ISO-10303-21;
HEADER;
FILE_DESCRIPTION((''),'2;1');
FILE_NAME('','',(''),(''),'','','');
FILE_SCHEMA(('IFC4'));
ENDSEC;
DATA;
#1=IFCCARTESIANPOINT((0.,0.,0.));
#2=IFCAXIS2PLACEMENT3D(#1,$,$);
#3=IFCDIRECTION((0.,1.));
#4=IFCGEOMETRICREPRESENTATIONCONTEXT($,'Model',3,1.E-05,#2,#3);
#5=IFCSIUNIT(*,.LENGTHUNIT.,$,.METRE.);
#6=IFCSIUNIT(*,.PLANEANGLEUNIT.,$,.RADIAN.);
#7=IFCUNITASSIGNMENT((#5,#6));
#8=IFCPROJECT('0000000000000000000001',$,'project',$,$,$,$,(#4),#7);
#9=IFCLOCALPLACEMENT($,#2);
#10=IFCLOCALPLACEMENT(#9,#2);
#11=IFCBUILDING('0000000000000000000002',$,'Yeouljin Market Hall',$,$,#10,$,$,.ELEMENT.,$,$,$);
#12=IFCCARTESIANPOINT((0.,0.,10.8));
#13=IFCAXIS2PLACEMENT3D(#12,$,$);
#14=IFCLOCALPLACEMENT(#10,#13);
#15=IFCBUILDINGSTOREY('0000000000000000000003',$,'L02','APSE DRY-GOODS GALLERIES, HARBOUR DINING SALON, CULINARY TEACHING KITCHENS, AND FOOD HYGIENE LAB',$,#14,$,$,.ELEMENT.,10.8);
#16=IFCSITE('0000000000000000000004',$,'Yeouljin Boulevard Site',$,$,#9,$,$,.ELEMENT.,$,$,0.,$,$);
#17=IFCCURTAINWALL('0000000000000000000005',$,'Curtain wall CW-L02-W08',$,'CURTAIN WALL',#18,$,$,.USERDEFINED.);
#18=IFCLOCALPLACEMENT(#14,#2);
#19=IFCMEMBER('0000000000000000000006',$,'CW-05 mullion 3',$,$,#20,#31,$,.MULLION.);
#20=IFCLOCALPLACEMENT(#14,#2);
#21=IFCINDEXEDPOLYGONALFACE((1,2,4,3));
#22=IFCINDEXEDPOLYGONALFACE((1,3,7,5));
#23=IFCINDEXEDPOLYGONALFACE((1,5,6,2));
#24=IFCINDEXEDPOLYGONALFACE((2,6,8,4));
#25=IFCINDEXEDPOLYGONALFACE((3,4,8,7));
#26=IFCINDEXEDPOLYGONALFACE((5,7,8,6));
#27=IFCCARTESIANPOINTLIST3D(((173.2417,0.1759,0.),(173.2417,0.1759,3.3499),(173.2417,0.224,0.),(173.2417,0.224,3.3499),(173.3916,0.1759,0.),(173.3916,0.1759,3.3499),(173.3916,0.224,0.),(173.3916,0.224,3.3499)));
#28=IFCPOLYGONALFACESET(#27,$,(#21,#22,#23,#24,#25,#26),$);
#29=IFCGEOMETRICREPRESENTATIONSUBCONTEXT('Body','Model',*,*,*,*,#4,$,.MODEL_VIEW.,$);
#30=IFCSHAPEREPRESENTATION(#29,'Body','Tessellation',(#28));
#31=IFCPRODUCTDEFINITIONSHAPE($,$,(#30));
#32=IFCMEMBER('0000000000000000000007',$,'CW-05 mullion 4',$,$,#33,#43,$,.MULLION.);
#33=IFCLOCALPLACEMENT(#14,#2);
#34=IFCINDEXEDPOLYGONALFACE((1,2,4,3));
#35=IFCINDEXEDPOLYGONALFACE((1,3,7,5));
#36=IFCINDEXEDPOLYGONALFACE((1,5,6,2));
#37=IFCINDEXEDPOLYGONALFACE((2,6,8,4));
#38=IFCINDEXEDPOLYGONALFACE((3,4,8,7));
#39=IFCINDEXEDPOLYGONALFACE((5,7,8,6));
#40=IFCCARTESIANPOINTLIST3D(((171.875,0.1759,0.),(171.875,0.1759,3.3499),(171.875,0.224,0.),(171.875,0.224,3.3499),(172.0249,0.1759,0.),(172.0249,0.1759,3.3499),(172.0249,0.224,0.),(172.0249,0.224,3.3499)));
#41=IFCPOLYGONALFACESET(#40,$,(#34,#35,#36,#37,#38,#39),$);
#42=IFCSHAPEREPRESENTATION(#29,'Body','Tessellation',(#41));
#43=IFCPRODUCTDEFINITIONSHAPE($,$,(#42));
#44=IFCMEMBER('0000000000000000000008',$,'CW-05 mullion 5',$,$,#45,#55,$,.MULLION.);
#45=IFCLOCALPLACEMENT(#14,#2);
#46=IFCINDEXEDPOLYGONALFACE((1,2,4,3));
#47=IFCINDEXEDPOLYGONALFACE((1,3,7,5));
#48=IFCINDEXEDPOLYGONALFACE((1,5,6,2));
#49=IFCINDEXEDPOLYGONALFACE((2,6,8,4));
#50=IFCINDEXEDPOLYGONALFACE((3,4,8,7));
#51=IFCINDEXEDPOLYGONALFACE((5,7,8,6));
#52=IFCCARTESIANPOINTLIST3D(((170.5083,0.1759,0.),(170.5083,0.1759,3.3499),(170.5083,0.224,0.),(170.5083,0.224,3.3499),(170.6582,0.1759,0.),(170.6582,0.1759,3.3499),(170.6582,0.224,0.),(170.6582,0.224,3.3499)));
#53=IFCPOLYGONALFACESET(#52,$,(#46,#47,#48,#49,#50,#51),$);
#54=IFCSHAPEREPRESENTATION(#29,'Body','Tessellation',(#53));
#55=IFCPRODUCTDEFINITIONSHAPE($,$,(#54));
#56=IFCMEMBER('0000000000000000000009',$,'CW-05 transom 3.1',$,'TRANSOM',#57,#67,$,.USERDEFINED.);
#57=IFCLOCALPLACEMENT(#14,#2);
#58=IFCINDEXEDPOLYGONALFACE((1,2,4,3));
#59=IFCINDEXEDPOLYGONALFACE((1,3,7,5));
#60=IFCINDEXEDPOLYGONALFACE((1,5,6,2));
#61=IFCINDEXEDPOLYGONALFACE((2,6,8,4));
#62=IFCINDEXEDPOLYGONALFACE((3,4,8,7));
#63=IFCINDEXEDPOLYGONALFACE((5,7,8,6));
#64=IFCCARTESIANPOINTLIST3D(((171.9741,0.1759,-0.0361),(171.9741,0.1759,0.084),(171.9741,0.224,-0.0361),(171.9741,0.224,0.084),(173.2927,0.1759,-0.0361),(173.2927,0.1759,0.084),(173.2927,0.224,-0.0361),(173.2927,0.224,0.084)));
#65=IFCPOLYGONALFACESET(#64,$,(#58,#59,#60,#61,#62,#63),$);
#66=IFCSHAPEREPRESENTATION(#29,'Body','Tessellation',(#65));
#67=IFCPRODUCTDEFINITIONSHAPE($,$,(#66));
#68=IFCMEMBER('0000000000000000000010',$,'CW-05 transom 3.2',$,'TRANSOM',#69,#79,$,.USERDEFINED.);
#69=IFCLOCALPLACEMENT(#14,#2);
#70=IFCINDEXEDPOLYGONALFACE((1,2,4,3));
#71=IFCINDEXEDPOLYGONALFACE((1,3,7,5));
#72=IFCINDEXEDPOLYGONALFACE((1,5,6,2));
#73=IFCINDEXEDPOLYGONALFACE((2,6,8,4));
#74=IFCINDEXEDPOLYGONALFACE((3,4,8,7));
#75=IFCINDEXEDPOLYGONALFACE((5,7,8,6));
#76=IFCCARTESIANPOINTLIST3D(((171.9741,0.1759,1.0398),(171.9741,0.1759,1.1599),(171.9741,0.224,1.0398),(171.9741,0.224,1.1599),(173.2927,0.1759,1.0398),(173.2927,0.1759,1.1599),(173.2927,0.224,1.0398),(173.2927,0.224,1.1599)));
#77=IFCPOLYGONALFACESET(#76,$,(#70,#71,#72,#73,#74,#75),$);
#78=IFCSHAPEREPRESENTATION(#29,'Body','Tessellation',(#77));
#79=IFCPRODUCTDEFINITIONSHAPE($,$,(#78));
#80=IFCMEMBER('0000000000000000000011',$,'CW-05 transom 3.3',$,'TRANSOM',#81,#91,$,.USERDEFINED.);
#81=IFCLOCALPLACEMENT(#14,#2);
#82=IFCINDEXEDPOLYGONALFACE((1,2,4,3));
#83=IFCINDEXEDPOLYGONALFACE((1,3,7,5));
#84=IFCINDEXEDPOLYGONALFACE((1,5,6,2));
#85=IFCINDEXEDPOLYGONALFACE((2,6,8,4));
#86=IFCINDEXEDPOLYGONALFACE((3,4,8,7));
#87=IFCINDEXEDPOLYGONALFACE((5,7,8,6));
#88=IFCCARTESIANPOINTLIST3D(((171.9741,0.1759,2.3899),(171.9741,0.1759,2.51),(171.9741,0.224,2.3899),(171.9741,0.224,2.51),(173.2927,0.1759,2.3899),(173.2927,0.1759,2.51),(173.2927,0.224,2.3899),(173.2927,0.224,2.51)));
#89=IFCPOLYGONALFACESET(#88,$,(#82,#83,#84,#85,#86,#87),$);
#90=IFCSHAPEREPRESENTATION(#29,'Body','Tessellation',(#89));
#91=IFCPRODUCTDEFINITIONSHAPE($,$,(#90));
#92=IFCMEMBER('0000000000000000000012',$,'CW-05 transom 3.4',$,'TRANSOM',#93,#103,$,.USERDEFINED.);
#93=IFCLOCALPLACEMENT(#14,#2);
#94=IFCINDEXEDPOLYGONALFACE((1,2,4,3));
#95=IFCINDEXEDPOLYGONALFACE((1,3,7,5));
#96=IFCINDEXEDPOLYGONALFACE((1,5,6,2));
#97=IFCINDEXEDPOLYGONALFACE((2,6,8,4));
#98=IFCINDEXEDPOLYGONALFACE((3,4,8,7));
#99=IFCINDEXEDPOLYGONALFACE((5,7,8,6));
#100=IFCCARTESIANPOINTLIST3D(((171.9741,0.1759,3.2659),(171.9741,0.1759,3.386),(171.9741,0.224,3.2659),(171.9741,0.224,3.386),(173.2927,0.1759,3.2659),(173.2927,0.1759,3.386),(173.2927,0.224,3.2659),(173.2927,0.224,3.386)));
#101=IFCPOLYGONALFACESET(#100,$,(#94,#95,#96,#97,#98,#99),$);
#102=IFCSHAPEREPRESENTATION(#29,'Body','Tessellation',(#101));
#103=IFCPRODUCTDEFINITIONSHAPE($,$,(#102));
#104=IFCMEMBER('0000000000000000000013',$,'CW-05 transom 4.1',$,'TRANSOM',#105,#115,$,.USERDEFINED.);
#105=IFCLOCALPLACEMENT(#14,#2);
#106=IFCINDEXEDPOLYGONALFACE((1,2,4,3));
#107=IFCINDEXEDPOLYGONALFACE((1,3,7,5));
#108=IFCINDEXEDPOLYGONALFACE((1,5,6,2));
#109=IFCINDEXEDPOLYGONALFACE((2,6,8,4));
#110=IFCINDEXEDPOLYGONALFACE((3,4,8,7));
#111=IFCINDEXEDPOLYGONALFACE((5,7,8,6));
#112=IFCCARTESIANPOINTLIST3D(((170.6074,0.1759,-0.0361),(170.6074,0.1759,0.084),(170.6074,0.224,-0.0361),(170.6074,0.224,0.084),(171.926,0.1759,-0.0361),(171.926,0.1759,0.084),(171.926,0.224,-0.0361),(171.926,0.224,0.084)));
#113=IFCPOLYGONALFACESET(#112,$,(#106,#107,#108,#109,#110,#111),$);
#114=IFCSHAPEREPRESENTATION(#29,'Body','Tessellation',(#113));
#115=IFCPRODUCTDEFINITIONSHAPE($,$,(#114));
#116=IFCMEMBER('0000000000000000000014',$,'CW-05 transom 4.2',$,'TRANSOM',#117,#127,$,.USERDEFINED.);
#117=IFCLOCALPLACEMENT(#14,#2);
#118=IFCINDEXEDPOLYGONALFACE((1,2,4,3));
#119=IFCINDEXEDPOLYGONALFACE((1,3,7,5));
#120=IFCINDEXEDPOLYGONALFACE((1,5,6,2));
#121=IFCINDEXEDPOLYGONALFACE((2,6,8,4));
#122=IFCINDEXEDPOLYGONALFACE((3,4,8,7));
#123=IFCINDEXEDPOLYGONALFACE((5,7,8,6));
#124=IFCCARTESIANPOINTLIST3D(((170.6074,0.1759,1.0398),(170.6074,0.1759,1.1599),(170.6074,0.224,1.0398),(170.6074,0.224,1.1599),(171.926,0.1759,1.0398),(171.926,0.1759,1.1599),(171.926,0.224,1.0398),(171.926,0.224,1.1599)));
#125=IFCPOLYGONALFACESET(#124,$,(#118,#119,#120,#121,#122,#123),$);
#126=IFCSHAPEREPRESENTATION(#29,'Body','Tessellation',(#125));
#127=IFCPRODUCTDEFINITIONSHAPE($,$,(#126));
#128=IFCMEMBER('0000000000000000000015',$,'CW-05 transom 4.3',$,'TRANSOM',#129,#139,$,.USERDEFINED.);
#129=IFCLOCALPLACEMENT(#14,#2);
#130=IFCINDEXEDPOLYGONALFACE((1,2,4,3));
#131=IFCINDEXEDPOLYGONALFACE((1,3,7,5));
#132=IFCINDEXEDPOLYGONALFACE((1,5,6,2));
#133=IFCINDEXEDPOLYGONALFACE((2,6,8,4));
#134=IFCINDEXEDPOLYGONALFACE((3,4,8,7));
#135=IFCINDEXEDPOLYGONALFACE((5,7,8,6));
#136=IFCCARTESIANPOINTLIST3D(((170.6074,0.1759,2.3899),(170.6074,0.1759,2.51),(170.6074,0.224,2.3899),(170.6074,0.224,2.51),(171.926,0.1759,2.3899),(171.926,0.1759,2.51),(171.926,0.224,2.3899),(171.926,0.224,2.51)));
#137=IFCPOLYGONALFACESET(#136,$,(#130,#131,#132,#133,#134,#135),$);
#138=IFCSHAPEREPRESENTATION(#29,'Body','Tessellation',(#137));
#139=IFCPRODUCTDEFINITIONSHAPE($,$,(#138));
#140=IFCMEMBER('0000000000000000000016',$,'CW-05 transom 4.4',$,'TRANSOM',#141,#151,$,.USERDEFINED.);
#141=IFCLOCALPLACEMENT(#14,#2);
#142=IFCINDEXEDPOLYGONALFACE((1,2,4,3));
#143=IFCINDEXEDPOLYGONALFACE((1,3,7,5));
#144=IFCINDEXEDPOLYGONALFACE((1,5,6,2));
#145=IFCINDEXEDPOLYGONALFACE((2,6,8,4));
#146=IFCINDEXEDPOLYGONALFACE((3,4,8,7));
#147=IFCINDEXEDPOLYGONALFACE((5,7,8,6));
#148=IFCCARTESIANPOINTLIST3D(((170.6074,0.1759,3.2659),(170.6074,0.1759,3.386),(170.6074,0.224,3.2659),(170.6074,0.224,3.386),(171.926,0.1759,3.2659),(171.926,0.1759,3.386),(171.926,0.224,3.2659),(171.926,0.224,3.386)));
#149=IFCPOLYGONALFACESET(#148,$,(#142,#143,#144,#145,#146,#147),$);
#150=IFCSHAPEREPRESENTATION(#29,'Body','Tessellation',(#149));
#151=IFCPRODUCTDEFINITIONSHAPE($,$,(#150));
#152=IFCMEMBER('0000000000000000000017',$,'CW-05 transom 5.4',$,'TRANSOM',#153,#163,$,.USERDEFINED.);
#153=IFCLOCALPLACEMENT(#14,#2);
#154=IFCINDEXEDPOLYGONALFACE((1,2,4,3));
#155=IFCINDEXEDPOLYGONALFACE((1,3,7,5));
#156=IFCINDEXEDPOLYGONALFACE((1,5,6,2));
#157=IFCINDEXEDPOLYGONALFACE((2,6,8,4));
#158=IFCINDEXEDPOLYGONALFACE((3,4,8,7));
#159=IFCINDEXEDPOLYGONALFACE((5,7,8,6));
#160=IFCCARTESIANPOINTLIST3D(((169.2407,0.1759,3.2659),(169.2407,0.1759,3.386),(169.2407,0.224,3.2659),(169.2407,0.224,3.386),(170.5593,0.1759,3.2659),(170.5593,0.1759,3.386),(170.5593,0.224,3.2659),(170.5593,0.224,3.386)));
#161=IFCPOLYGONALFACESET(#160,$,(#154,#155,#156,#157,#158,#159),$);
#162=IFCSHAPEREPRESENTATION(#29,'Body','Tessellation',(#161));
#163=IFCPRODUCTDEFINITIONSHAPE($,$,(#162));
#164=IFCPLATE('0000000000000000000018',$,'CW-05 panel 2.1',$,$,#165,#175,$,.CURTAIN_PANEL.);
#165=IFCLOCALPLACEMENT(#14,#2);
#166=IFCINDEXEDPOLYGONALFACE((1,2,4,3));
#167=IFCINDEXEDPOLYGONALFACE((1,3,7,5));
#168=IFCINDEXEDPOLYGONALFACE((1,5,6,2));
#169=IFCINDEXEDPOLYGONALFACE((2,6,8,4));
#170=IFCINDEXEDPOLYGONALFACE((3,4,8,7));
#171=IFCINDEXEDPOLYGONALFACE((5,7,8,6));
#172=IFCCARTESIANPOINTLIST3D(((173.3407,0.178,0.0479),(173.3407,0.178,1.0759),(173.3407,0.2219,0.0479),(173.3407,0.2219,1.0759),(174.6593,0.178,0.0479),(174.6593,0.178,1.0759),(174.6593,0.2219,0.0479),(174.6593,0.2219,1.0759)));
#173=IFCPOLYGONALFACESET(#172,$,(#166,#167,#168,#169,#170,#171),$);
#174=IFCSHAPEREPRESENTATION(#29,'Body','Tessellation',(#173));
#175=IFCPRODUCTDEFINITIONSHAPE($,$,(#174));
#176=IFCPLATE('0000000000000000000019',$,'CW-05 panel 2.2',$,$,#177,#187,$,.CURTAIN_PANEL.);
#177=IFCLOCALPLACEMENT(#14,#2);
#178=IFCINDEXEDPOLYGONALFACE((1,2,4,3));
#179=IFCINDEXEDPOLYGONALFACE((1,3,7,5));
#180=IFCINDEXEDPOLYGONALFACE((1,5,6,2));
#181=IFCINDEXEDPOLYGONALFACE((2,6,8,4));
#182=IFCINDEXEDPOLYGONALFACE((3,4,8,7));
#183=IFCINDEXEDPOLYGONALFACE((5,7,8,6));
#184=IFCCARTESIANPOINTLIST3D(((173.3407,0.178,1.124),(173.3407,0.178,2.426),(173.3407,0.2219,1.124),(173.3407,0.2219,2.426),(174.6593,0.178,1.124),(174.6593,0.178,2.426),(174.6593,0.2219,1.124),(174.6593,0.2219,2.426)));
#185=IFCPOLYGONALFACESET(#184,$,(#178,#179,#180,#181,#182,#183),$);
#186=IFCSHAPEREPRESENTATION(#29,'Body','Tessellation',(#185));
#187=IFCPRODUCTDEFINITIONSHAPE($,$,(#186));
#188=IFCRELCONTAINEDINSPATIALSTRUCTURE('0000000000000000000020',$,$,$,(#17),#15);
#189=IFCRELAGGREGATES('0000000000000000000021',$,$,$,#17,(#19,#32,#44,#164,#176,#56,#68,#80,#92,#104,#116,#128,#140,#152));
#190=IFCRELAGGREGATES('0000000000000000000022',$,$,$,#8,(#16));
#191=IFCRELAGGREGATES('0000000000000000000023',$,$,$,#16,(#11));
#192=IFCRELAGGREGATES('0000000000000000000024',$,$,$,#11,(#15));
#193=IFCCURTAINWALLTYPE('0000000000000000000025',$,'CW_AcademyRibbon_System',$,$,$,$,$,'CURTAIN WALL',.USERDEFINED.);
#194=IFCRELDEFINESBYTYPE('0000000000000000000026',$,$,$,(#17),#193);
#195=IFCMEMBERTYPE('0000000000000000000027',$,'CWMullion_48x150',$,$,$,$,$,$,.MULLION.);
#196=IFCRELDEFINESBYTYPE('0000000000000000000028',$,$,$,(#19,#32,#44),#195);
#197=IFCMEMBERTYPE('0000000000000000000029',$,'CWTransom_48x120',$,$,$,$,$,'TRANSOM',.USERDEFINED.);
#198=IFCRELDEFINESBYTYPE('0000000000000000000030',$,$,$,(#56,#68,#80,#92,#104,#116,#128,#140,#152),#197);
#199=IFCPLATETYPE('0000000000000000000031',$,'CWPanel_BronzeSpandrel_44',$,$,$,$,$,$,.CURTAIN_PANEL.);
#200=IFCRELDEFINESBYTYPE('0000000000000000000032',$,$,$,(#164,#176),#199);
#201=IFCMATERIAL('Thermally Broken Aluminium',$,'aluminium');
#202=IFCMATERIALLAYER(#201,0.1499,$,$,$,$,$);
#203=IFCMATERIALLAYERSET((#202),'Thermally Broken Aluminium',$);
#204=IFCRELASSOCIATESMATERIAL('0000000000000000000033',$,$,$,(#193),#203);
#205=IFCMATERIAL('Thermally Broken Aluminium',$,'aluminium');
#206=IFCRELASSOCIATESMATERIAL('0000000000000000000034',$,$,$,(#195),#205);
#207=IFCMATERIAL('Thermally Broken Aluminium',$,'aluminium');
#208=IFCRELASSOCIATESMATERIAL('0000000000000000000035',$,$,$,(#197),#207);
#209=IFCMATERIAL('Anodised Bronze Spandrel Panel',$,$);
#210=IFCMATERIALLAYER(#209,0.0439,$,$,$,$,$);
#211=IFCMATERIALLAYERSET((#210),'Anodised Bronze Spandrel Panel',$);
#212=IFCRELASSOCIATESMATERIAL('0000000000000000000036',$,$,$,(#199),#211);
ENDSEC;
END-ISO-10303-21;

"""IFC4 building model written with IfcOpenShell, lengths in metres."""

from ifc_helpers import new_model, si_unit, direction, frame, origin, origin_2d, place, context, subcontext, project, spatial, rectangle, extrude, material, layer, layer_set, material_profile, profile_set, type_object, element, aggregate, save


model = new_model("IFC4")

# Units and contexts
model_context = context("Model", 3, precision=1e-05, world=origin(), true_north=direction((0.0, 1.0)))
body_context = subcontext(model_context, "Body", "Model", "MODEL_VIEW")
ifc_project = project(units=[si_unit("LENGTHUNIT", "METRE"), si_unit("PLANEANGLEUNIT", "RADIAN")], contexts=[model_context])

# Site, building, storey
site_placement = place(None, origin())
site = spatial("IfcSite", under=ifc_project, at=site_placement, Name="Yeouljin Boulevard Site", CompositionType="ELEMENT", RefElevation=0.0)
building_placement = place(site_placement, origin())
building = spatial("IfcBuilding", under=site, at=building_placement, Name="Yeouljin Market Hall", CompositionType="ELEMENT")
storey_placement = place(building_placement, frame((0.0, 0.0, 10.8)))
storey = spatial("IfcBuildingStorey", under=building, at=storey_placement, Name="L02", Description="APSE DRY-GOODS GALLERIES, HARBOUR DINING SALON, CULINARY TEACHING KITCHENS, AND FOOD HYGIENE LAB", CompositionType="ELEMENT", Elevation=10.8)

# Curtain wall, members, plates
ifc_material_1 = material(Name="Thermally Broken Aluminium", Category="aluminium")
ifc_layer_1 = layer(ifc_material_1, 0.1499)
ifc_layer_set_1 = layer_set([ifc_layer_1], Name="Thermally Broken Aluminium")
curtain_wall_type = type_object("IfcCurtainWallType", Name="CW_AcademyRibbon_System", ElementType="CURTAIN WALL", PredefinedType="USERDEFINED", material=ifc_layer_set_1)
curtain_wall_placement = place(storey_placement, origin())
curtain_wall = element("IfcCurtainWall", 1, at=curtain_wall_placement, inside=storey, type_object=curtain_wall_type, Name="Curtain wall CW-L02-W08", ObjectType="CURTAIN WALL", PredefinedType="USERDEFINED")
ifc_material_2 = material(Name="Thermally Broken Aluminium", Category="aluminium")
ifc_material_profile_1 = material_profile(ifc_material_2, rectangle(XDim=0.0481, YDim=0.1499, at=origin_2d()), Name="CW-MULL-48x150")
ifc_profile_set_1 = profile_set([ifc_material_profile_1], Name="Thermally Broken Aluminium")
member_type_1 = type_object("IfcMemberType", Name="CWMullion_48x150", PredefinedType="MULLION", material=ifc_profile_set_1)
member_1_placement = place(storey_placement, frame((173.3167, 0.2, 0.0), z_axis=(0.0, 0.0, 1.0), x_axis=(0.0, -1.0, 0.0)))
member_1 = element("IfcMember", 2, at=member_1_placement, type_object=member_type_1, Name="CW-05 mullion 3", PredefinedType="MULLION", context=body_context, shape_type="SweptSolid", body=[
    extrude(rectangle(XDim=0.0481, YDim=0.1499, at=origin_2d()), origin(), (0.0, 0.0, 1.0), 3.3499),
])
member_2_placement = place(storey_placement, frame((171.95, 0.2, 0.0), z_axis=(0.0, 0.0, 1.0), x_axis=(0.0, -1.0, 0.0)))
member_2 = element("IfcMember", 3, at=member_2_placement, type_object=member_type_1, Name="CW-05 mullion 4", PredefinedType="MULLION", context=body_context, shape_type="SweptSolid", body=[
    extrude(rectangle(XDim=0.0481, YDim=0.1499, at=origin_2d()), origin(), (0.0, 0.0, 1.0), 3.3499),
])
member_3_placement = place(storey_placement, frame((170.5833, 0.2, 0.0), z_axis=(0.0, 0.0, 1.0), x_axis=(0.0, -1.0, 0.0)))
member_3 = element("IfcMember", 4, at=member_3_placement, type_object=member_type_1, Name="CW-05 mullion 5", PredefinedType="MULLION", context=body_context, shape_type="SweptSolid", body=[
    extrude(rectangle(XDim=0.0481, YDim=0.1499, at=origin_2d()), origin(), (0.0, 0.0, 1.0), 3.3499),
])
ifc_material_3 = material(Name="Thermally Broken Aluminium", Category="aluminium")
ifc_material_profile_2 = material_profile(ifc_material_3, rectangle(XDim=0.0481, YDim=0.1201, at=origin_2d()), Name="CW-TRAN-48x120")
ifc_profile_set_2 = profile_set([ifc_material_profile_2], Name="Thermally Broken Aluminium")
member_type_2 = type_object("IfcMemberType", Name="CWTransom_48x120", ElementType="TRANSOM", PredefinedType="USERDEFINED", material=ifc_profile_set_2)
member_4_placement = place(storey_placement, frame((173.2927, 0.2, 0.0239), z_axis=(-1.0, 0.0, 0.0), x_axis=(0.0, -1.0, 0.0)))
member_4 = element("IfcMember", 5, at=member_4_placement, type_object=member_type_2, Name="CW-05 transom 3.1", ObjectType="TRANSOM", PredefinedType="USERDEFINED", context=body_context, shape_type="SweptSolid", body=[
    extrude(rectangle(XDim=0.0481, YDim=0.1201, at=origin_2d()), origin(), (0.0, 0.0, 1.0), 1.3186),
])
member_5_placement = place(storey_placement, frame((173.2927, 0.2, 1.0999), z_axis=(-1.0, 0.0, 0.0), x_axis=(0.0, -1.0, 0.0)))
member_5 = element("IfcMember", 6, at=member_5_placement, type_object=member_type_2, Name="CW-05 transom 3.2", ObjectType="TRANSOM", PredefinedType="USERDEFINED", context=body_context, shape_type="SweptSolid", body=[
    extrude(rectangle(XDim=0.0481, YDim=0.1201, at=origin_2d()), origin(), (0.0, 0.0, 1.0), 1.3186),
])
member_6_placement = place(storey_placement, frame((173.2927, 0.2, 2.45), z_axis=(-1.0, 0.0, 0.0), x_axis=(0.0, -1.0, 0.0)))
member_6 = element("IfcMember", 7, at=member_6_placement, type_object=member_type_2, Name="CW-05 transom 3.3", ObjectType="TRANSOM", PredefinedType="USERDEFINED", context=body_context, shape_type="SweptSolid", body=[
    extrude(rectangle(XDim=0.0481, YDim=0.1201, at=origin_2d()), origin(), (0.0, 0.0, 1.0), 1.3186),
])
member_7_placement = place(storey_placement, frame((173.2927, 0.2, 3.3259), z_axis=(-1.0, 0.0, 0.0), x_axis=(0.0, -1.0, 0.0)))
member_7 = element("IfcMember", 8, at=member_7_placement, type_object=member_type_2, Name="CW-05 transom 3.4", ObjectType="TRANSOM", PredefinedType="USERDEFINED", context=body_context, shape_type="SweptSolid", body=[
    extrude(rectangle(XDim=0.0481, YDim=0.1201, at=origin_2d()), origin(), (0.0, 0.0, 1.0), 1.3186),
])
member_8_placement = place(storey_placement, frame((171.926, 0.2, 0.0239), z_axis=(-1.0, 0.0, 0.0), x_axis=(0.0, -1.0, 0.0)))
member_8 = element("IfcMember", 9, at=member_8_placement, type_object=member_type_2, Name="CW-05 transom 4.1", ObjectType="TRANSOM", PredefinedType="USERDEFINED", context=body_context, shape_type="SweptSolid", body=[
    extrude(rectangle(XDim=0.0481, YDim=0.1201, at=origin_2d()), origin(), (0.0, 0.0, 1.0), 1.3186),
])
member_9_placement = place(storey_placement, frame((171.926, 0.2, 1.0999), z_axis=(-1.0, 0.0, 0.0), x_axis=(0.0, -1.0, 0.0)))
member_9 = element("IfcMember", 10, at=member_9_placement, type_object=member_type_2, Name="CW-05 transom 4.2", ObjectType="TRANSOM", PredefinedType="USERDEFINED", context=body_context, shape_type="SweptSolid", body=[
    extrude(rectangle(XDim=0.0481, YDim=0.1201, at=origin_2d()), origin(), (0.0, 0.0, 1.0), 1.3186),
])
member_10_placement = place(storey_placement, frame((171.926, 0.2, 2.45), z_axis=(-1.0, 0.0, 0.0), x_axis=(0.0, -1.0, 0.0)))
member_10 = element("IfcMember", 11, at=member_10_placement, type_object=member_type_2, Name="CW-05 transom 4.3", ObjectType="TRANSOM", PredefinedType="USERDEFINED", context=body_context, shape_type="SweptSolid", body=[
    extrude(rectangle(XDim=0.0481, YDim=0.1201, at=origin_2d()), origin(), (0.0, 0.0, 1.0), 1.3186),
])
member_11_placement = place(storey_placement, frame((171.926, 0.2, 3.3259), z_axis=(-1.0, 0.0, 0.0), x_axis=(0.0, -1.0, 0.0)))
member_11 = element("IfcMember", 12, at=member_11_placement, type_object=member_type_2, Name="CW-05 transom 4.4", ObjectType="TRANSOM", PredefinedType="USERDEFINED", context=body_context, shape_type="SweptSolid", body=[
    extrude(rectangle(XDim=0.0481, YDim=0.1201, at=origin_2d()), origin(), (0.0, 0.0, 1.0), 1.3186),
])
member_12_placement = place(storey_placement, frame((170.5593, 0.2, 3.3259), z_axis=(-1.0, 0.0, 0.0), x_axis=(0.0, -1.0, 0.0)))
member_12 = element("IfcMember", 13, at=member_12_placement, type_object=member_type_2, Name="CW-05 transom 5.4", ObjectType="TRANSOM", PredefinedType="USERDEFINED", context=body_context, shape_type="SweptSolid", body=[
    extrude(rectangle(XDim=0.0481, YDim=0.1201, at=origin_2d()), origin(), (0.0, 0.0, 1.0), 1.3186),
])
ifc_material_4 = material(Name="Anodised Bronze Spandrel Panel")
ifc_layer_2 = layer(ifc_material_4, 0.0439)
ifc_layer_set_2 = layer_set([ifc_layer_2], Name="Anodised Bronze Spandrel Panel")
plate_type = type_object("IfcPlateType", Name="CWPanel_BronzeSpandrel_44", PredefinedType="CURTAIN_PANEL", material=ifc_layer_set_2)
plate_1_placement = place(storey_placement, frame((174.0, 0.2, 0.0479), z_axis=(0.0, 0.0, 1.0), x_axis=(-1.0, 0.0, 0.0)))
plate_1 = element("IfcPlate", 14, at=plate_1_placement, type_object=plate_type, Name="CW-05 panel 2.1", PredefinedType="CURTAIN_PANEL", context=body_context, shape_type="SweptSolid", body=[
    extrude(rectangle(XDim=1.3186, YDim=0.0439, at=origin_2d()), origin(), (0.0, 0.0, 1.0), 1.0281),
])
plate_2_placement = place(storey_placement, frame((174.0, 0.2, 1.124), z_axis=(0.0, 0.0, 1.0), x_axis=(-1.0, 0.0, 0.0)))
plate_2 = element("IfcPlate", 15, at=plate_2_placement, type_object=plate_type, Name="CW-05 panel 2.2", PredefinedType="CURTAIN_PANEL", context=body_context, shape_type="SweptSolid", body=[
    extrude(rectangle(XDim=1.3186, YDim=0.0439, at=origin_2d()), origin(), (0.0, 0.0, 1.0), 1.302),
])
aggregate(curtain_wall, [member_1, member_2, member_3, plate_1, plate_2, member_4, member_5, member_6, member_7, member_8, member_9, member_10, member_11, member_12])

save(model, "model.ifc")
